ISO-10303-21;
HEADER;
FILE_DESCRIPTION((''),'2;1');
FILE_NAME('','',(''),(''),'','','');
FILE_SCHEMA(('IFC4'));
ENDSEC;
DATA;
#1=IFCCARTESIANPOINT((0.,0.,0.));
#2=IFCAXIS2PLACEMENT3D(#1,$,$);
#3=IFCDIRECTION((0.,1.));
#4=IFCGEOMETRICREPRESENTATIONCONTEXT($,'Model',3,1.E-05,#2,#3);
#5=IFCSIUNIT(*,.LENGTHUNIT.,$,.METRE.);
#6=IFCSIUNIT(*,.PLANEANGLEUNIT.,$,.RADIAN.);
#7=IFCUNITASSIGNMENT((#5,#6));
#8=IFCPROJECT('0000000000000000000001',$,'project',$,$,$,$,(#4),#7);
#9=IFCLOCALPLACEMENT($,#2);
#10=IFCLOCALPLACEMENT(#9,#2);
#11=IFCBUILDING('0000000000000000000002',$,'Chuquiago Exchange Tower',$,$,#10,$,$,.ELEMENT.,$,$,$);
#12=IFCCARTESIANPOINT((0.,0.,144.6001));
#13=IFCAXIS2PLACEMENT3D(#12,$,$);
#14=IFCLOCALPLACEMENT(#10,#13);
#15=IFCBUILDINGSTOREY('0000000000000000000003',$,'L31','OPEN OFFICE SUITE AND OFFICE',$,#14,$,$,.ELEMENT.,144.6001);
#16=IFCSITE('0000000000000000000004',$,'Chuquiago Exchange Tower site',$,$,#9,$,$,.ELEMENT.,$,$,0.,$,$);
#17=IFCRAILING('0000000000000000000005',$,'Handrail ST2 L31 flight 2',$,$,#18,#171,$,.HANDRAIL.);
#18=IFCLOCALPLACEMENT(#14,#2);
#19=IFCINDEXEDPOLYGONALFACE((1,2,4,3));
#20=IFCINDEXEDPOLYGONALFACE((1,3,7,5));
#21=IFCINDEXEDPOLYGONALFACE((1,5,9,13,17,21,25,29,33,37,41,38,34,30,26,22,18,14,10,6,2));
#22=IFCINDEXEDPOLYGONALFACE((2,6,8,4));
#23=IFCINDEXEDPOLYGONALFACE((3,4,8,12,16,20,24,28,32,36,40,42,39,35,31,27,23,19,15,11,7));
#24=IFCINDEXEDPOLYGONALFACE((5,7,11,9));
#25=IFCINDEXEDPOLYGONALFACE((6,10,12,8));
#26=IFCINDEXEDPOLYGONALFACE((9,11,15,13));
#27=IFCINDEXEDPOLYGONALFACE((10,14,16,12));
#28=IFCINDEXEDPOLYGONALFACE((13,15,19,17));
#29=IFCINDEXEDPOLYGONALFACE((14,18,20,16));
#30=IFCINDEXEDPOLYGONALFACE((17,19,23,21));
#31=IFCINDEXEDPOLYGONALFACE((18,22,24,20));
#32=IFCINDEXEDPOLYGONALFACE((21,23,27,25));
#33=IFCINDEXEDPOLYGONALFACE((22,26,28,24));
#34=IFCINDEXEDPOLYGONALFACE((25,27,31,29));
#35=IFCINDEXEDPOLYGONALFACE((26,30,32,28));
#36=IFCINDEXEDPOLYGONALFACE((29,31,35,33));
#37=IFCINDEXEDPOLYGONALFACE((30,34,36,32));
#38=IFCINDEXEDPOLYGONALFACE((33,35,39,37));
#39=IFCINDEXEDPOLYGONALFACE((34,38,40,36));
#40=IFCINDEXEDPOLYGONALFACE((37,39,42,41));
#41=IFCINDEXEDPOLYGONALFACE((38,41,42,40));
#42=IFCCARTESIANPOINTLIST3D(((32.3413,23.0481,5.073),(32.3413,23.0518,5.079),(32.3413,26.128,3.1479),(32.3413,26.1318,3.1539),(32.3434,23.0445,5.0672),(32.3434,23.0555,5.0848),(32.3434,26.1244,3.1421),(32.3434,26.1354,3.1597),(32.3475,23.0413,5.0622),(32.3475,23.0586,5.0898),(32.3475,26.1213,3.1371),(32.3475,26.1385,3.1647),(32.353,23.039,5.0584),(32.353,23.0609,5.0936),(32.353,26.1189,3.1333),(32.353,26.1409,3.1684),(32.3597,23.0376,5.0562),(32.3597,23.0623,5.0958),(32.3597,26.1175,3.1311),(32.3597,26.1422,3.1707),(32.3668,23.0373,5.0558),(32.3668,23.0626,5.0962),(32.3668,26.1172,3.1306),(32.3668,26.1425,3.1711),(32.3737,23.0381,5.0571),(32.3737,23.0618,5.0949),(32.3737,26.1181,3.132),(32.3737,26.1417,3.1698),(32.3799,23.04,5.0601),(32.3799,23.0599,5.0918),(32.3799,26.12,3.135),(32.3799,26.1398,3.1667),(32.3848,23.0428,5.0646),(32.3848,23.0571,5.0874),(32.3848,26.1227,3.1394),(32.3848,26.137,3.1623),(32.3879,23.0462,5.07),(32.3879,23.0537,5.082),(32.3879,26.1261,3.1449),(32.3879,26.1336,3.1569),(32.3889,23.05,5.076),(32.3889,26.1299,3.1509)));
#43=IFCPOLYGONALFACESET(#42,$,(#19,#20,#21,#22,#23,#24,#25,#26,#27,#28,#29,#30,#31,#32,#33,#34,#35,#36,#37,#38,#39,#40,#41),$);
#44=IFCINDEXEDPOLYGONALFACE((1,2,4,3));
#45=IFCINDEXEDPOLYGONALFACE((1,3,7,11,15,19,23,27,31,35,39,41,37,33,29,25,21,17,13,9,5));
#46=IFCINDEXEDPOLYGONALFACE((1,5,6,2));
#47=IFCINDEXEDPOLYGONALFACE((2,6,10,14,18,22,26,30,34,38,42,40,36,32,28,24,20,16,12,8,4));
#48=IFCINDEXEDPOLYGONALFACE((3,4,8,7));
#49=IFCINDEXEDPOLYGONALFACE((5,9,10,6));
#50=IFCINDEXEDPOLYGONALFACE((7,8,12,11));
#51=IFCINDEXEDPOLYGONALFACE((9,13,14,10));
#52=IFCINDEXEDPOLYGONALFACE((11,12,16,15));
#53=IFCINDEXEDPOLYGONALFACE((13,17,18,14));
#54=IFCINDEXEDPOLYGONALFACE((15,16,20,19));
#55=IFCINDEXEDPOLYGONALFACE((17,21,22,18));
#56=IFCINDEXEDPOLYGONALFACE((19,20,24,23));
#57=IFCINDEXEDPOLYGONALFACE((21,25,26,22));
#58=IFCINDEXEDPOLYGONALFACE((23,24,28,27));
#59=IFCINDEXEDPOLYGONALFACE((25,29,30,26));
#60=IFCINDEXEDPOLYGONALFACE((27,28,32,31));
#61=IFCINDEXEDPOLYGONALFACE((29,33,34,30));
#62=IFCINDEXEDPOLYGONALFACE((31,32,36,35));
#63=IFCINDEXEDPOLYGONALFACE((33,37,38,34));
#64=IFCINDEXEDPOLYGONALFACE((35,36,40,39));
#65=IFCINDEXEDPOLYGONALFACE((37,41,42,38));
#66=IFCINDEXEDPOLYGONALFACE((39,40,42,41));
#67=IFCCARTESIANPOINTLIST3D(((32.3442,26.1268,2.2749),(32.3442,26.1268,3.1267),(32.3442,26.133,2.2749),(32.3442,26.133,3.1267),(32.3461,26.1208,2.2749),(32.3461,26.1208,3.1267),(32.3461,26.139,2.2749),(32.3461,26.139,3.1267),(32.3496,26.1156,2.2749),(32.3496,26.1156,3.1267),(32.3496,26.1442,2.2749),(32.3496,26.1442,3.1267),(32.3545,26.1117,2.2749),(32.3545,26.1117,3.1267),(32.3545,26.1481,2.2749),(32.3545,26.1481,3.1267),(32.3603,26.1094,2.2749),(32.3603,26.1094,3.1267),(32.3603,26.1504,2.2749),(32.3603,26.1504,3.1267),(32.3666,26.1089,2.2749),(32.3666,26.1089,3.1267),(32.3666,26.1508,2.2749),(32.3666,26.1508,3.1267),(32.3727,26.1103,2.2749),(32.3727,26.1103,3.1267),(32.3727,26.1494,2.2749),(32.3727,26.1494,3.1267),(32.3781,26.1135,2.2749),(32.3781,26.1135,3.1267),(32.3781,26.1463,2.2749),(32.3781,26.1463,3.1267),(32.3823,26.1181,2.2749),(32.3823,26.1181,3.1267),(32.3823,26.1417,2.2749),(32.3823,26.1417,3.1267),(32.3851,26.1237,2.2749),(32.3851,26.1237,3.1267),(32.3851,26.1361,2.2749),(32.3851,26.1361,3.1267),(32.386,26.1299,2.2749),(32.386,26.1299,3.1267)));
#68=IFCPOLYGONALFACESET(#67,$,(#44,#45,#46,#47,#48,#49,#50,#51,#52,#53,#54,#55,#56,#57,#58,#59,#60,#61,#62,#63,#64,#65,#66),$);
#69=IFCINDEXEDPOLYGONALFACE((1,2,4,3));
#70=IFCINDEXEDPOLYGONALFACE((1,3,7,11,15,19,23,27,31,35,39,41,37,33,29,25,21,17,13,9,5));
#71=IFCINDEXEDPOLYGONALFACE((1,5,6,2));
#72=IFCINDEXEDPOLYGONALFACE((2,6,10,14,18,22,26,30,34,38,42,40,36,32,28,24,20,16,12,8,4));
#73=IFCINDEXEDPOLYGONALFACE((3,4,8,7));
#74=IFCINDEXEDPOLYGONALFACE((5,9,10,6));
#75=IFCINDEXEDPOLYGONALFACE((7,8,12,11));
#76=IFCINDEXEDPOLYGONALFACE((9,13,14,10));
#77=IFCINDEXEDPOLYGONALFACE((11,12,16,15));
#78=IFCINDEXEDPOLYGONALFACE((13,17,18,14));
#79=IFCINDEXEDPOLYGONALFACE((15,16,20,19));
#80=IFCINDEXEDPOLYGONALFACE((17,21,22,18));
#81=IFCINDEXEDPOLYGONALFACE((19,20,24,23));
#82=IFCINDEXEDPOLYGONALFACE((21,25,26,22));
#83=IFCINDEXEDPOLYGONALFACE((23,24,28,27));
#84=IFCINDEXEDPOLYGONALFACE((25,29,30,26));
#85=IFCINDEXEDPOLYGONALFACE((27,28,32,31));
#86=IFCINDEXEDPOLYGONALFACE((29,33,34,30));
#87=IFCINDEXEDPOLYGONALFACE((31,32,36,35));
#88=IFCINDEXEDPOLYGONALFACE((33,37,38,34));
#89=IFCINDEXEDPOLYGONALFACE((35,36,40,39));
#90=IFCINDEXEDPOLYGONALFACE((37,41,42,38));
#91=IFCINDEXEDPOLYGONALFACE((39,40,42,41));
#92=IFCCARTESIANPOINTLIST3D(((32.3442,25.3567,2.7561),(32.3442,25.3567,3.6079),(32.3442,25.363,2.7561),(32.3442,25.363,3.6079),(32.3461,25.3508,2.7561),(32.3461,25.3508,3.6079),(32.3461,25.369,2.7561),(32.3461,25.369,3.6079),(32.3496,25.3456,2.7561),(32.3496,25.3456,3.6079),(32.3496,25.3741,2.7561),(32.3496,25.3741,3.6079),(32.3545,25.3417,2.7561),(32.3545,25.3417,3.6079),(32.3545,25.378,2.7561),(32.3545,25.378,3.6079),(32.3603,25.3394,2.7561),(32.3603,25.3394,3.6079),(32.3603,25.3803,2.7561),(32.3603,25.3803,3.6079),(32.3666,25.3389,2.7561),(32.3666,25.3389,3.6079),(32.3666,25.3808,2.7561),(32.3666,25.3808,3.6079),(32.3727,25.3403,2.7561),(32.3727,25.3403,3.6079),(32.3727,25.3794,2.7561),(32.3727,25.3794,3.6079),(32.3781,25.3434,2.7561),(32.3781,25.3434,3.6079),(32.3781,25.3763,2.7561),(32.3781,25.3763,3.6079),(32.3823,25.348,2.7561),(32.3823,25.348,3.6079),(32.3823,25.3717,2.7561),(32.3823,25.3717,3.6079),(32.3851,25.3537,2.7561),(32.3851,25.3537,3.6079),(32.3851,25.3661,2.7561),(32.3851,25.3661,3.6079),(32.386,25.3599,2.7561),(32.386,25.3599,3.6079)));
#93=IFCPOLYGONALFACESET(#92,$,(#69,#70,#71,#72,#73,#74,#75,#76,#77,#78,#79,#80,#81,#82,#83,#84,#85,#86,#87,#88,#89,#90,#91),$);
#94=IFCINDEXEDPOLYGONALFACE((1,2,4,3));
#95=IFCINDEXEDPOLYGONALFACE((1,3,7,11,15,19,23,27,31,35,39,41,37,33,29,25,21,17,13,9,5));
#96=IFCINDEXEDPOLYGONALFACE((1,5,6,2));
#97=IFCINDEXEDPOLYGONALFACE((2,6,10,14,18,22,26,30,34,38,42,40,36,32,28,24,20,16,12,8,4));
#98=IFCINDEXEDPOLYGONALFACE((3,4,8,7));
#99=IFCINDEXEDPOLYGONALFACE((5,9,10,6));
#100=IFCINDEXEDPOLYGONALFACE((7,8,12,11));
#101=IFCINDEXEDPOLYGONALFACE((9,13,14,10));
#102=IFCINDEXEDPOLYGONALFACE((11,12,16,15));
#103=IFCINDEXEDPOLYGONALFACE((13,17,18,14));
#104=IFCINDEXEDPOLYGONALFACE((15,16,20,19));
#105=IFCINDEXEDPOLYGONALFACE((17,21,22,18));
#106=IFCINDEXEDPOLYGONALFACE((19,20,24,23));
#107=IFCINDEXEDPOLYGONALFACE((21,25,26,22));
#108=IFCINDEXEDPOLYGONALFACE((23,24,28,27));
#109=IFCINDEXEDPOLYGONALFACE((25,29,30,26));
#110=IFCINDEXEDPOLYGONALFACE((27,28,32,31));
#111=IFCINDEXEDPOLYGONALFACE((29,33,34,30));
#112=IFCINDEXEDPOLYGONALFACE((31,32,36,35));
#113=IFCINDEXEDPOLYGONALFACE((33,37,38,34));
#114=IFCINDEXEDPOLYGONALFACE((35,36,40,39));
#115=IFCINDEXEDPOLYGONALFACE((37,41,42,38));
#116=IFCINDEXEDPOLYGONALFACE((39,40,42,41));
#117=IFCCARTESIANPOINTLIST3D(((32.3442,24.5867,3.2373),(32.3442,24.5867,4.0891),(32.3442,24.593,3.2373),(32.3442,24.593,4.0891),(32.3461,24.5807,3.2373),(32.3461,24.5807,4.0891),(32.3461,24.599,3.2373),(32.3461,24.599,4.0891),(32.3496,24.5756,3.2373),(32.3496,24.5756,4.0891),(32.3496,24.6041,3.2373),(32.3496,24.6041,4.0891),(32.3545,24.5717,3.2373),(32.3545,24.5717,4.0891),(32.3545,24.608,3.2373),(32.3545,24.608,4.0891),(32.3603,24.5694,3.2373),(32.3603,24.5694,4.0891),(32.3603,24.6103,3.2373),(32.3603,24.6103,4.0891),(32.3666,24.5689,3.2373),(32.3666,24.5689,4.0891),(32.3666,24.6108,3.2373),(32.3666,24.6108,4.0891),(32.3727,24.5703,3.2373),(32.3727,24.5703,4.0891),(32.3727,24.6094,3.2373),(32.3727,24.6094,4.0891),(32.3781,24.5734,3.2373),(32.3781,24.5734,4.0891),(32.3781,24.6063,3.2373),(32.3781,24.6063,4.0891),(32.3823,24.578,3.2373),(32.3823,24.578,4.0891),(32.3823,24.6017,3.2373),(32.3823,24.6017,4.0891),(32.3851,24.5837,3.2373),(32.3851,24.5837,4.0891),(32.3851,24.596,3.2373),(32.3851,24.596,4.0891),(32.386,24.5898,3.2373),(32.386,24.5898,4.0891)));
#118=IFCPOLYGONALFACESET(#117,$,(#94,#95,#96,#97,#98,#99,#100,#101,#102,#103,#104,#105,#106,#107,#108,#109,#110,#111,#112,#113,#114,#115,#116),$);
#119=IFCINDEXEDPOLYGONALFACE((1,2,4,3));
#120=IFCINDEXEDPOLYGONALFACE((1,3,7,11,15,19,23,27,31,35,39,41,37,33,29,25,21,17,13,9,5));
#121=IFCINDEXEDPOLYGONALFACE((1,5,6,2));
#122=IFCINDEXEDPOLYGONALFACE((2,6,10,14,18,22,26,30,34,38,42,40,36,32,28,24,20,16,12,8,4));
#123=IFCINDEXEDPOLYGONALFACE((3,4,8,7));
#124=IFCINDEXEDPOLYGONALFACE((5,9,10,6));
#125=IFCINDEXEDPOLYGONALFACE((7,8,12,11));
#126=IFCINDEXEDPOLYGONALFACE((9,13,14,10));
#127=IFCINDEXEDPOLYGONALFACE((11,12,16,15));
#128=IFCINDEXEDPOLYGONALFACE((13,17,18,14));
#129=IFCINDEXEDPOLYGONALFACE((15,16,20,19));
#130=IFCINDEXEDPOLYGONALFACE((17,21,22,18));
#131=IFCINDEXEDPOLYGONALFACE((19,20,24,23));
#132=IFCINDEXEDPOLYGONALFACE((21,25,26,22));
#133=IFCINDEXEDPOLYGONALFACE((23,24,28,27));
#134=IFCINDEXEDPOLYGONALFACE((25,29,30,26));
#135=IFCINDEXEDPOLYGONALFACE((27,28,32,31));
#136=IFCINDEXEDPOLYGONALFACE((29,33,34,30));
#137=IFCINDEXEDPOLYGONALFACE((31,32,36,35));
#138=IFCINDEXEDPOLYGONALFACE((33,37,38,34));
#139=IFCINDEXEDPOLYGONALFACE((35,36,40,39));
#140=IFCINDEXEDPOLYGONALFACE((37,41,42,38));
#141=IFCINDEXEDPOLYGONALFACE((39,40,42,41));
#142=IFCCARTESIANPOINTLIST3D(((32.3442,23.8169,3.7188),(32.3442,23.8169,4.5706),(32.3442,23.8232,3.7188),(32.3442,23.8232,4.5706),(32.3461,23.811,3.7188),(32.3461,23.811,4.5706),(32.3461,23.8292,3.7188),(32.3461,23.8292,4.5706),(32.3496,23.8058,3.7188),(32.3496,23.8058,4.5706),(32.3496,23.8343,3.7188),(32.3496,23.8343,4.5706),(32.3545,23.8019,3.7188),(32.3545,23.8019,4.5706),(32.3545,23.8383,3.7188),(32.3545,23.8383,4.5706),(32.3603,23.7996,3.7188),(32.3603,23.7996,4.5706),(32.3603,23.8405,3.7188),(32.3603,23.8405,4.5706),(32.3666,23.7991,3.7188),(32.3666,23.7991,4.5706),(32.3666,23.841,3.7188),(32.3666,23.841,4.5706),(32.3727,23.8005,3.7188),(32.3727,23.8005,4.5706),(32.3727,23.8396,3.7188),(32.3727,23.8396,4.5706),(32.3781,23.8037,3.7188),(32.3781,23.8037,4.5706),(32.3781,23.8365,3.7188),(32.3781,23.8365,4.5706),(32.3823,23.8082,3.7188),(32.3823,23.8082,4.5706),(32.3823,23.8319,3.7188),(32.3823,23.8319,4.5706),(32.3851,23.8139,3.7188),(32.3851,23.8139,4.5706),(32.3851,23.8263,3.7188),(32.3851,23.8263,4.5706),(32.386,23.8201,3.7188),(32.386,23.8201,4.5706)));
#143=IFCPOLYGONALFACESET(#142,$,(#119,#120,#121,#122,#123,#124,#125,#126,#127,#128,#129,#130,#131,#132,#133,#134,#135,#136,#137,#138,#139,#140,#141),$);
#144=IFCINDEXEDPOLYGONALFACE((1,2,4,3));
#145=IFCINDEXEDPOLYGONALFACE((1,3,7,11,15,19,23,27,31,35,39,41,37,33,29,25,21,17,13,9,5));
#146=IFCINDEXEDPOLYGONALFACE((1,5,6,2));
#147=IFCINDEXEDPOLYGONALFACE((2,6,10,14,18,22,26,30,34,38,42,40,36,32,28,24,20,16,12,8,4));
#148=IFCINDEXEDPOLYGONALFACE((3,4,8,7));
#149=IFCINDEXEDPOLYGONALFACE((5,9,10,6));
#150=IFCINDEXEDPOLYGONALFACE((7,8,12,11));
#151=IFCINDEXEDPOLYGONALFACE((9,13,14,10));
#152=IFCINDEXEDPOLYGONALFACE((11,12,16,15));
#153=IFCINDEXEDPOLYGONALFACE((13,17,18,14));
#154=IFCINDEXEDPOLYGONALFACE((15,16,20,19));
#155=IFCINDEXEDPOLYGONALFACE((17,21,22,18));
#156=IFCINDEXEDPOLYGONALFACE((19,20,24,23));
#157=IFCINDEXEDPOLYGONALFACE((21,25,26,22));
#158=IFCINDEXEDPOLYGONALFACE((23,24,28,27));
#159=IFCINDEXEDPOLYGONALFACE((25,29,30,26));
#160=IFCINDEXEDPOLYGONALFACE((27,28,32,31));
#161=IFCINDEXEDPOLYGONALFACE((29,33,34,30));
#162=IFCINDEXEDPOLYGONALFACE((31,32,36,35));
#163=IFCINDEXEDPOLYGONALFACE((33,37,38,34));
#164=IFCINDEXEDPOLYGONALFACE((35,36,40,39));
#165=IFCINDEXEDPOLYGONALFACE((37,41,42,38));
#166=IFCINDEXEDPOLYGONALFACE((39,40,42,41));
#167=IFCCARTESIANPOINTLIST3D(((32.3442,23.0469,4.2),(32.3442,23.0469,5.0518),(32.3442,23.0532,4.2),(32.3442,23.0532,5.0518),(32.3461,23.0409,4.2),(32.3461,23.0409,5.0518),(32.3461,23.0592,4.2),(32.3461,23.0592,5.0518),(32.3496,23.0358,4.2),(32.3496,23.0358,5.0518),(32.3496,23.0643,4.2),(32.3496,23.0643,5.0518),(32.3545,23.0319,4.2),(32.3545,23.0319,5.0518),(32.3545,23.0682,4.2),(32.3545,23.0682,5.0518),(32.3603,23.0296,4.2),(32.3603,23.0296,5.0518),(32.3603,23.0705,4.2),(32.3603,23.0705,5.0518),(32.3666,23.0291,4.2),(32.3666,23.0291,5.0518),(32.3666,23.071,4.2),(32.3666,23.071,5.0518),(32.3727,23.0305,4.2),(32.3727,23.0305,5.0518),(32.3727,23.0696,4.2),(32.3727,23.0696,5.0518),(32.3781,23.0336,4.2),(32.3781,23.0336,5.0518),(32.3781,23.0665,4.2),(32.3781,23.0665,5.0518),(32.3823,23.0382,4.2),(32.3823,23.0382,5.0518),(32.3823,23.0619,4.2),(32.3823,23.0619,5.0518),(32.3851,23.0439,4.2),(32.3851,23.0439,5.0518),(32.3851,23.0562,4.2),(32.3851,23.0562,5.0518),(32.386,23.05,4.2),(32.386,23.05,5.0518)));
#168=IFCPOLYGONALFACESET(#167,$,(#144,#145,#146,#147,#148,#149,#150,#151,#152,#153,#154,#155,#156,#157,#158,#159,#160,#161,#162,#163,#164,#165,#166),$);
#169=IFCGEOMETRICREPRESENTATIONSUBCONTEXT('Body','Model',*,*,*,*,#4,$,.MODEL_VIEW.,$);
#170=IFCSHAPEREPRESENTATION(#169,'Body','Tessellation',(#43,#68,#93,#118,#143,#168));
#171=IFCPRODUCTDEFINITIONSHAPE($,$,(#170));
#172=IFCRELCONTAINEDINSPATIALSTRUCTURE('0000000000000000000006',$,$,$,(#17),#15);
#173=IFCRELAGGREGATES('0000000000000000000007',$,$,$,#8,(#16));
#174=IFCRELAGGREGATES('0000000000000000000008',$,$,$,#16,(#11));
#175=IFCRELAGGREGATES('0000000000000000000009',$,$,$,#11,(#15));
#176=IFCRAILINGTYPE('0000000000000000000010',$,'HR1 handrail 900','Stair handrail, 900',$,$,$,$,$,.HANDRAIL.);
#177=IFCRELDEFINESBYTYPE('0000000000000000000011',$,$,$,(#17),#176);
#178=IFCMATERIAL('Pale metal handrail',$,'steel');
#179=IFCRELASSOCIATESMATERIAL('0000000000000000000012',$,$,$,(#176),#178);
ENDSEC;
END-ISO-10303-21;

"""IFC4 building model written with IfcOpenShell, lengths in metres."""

from ifc_helpers import new_model, si_unit, direction, frame, origin, origin_2d, place, context, subcontext, project, spatial, circle, extrude, material, type_object, element, save


model = new_model("IFC4")

# Units and contexts
model_context = context("Model", 3, precision=1e-05, world=origin(), true_north=direction((0.0, 1.0)))
body_context = subcontext(model_context, "Body", "Model", "MODEL_VIEW")
ifc_project = project(units=[si_unit("LENGTHUNIT", "METRE"), si_unit("PLANEANGLEUNIT", "RADIAN")], contexts=[model_context])

# Site, building, storey
site_placement = place(None, origin())
site = spatial("IfcSite", under=ifc_project, at=site_placement, Name="Chuquiago Exchange Tower site", CompositionType="ELEMENT", RefElevation=0.0)
building_placement = place(site_placement, origin())
building = spatial("IfcBuilding", under=site, at=building_placement, Name="Chuquiago Exchange Tower", CompositionType="ELEMENT")
storey_placement = place(building_placement, frame((0.0, 0.0, 144.6001)))
storey = spatial("IfcBuildingStorey", under=building, at=storey_placement, Name="L31", Description="OPEN OFFICE SUITE AND OFFICE", CompositionType="ELEMENT", Elevation=144.6001)

# Railing
ifc_material_1 = material(Name="Pale metal handrail", Category="steel")
railing_type_1 = type_object("IfcRailingType", Name="HR1 handrail 900", Description="Stair handrail, 900", PredefinedType="HANDRAIL", material=ifc_material_1)
for number, where, name in (
    (1, (32.365, 26.1299, 2.2749), "Handrail ST2 L31 flight 2"),
):
    element("IfcRailing", number, at=place(storey_placement, frame(where)), inside=storey, type_object=railing_type_1, Name=name, PredefinedType="HANDRAIL", context=body_context, shape_type="SweptSolid", body=[
        extrude(circle(Radius=0.0239, at=origin_2d()), frame((0.0, 0.0, 0.876), z_axis=(0.0, -0.847979, 0.530029), x_axis=(1.0, 0.0, 0.0)), (0.0, 0.0, 1.0), 3.6321),
        extrude(circle(Radius=0.021, at=origin_2d()), origin(), (0.0, 0.0, 1.0), 0.8518),
        extrude(circle(Radius=0.021, at=origin_2d()), frame((0.0, -0.77, 0.4812)), (0.0, 0.0, 1.0), 0.8518),
        extrude(circle(Radius=0.021, at=origin_2d()), frame((0.0, -1.54, 0.9624)), (0.0, 0.0, 1.0), 0.8518),
        extrude(circle(Radius=0.021, at=origin_2d()), frame((0.0, -2.3098, 1.4438)), (0.0, 0.0, 1.0), 0.8518),
        extrude(circle(Radius=0.021, at=origin_2d()), frame((0.0, -3.0798, 1.925)), (0.0, 0.0, 1.0), 0.8518),
    ])

save(model, "model.ifc")
